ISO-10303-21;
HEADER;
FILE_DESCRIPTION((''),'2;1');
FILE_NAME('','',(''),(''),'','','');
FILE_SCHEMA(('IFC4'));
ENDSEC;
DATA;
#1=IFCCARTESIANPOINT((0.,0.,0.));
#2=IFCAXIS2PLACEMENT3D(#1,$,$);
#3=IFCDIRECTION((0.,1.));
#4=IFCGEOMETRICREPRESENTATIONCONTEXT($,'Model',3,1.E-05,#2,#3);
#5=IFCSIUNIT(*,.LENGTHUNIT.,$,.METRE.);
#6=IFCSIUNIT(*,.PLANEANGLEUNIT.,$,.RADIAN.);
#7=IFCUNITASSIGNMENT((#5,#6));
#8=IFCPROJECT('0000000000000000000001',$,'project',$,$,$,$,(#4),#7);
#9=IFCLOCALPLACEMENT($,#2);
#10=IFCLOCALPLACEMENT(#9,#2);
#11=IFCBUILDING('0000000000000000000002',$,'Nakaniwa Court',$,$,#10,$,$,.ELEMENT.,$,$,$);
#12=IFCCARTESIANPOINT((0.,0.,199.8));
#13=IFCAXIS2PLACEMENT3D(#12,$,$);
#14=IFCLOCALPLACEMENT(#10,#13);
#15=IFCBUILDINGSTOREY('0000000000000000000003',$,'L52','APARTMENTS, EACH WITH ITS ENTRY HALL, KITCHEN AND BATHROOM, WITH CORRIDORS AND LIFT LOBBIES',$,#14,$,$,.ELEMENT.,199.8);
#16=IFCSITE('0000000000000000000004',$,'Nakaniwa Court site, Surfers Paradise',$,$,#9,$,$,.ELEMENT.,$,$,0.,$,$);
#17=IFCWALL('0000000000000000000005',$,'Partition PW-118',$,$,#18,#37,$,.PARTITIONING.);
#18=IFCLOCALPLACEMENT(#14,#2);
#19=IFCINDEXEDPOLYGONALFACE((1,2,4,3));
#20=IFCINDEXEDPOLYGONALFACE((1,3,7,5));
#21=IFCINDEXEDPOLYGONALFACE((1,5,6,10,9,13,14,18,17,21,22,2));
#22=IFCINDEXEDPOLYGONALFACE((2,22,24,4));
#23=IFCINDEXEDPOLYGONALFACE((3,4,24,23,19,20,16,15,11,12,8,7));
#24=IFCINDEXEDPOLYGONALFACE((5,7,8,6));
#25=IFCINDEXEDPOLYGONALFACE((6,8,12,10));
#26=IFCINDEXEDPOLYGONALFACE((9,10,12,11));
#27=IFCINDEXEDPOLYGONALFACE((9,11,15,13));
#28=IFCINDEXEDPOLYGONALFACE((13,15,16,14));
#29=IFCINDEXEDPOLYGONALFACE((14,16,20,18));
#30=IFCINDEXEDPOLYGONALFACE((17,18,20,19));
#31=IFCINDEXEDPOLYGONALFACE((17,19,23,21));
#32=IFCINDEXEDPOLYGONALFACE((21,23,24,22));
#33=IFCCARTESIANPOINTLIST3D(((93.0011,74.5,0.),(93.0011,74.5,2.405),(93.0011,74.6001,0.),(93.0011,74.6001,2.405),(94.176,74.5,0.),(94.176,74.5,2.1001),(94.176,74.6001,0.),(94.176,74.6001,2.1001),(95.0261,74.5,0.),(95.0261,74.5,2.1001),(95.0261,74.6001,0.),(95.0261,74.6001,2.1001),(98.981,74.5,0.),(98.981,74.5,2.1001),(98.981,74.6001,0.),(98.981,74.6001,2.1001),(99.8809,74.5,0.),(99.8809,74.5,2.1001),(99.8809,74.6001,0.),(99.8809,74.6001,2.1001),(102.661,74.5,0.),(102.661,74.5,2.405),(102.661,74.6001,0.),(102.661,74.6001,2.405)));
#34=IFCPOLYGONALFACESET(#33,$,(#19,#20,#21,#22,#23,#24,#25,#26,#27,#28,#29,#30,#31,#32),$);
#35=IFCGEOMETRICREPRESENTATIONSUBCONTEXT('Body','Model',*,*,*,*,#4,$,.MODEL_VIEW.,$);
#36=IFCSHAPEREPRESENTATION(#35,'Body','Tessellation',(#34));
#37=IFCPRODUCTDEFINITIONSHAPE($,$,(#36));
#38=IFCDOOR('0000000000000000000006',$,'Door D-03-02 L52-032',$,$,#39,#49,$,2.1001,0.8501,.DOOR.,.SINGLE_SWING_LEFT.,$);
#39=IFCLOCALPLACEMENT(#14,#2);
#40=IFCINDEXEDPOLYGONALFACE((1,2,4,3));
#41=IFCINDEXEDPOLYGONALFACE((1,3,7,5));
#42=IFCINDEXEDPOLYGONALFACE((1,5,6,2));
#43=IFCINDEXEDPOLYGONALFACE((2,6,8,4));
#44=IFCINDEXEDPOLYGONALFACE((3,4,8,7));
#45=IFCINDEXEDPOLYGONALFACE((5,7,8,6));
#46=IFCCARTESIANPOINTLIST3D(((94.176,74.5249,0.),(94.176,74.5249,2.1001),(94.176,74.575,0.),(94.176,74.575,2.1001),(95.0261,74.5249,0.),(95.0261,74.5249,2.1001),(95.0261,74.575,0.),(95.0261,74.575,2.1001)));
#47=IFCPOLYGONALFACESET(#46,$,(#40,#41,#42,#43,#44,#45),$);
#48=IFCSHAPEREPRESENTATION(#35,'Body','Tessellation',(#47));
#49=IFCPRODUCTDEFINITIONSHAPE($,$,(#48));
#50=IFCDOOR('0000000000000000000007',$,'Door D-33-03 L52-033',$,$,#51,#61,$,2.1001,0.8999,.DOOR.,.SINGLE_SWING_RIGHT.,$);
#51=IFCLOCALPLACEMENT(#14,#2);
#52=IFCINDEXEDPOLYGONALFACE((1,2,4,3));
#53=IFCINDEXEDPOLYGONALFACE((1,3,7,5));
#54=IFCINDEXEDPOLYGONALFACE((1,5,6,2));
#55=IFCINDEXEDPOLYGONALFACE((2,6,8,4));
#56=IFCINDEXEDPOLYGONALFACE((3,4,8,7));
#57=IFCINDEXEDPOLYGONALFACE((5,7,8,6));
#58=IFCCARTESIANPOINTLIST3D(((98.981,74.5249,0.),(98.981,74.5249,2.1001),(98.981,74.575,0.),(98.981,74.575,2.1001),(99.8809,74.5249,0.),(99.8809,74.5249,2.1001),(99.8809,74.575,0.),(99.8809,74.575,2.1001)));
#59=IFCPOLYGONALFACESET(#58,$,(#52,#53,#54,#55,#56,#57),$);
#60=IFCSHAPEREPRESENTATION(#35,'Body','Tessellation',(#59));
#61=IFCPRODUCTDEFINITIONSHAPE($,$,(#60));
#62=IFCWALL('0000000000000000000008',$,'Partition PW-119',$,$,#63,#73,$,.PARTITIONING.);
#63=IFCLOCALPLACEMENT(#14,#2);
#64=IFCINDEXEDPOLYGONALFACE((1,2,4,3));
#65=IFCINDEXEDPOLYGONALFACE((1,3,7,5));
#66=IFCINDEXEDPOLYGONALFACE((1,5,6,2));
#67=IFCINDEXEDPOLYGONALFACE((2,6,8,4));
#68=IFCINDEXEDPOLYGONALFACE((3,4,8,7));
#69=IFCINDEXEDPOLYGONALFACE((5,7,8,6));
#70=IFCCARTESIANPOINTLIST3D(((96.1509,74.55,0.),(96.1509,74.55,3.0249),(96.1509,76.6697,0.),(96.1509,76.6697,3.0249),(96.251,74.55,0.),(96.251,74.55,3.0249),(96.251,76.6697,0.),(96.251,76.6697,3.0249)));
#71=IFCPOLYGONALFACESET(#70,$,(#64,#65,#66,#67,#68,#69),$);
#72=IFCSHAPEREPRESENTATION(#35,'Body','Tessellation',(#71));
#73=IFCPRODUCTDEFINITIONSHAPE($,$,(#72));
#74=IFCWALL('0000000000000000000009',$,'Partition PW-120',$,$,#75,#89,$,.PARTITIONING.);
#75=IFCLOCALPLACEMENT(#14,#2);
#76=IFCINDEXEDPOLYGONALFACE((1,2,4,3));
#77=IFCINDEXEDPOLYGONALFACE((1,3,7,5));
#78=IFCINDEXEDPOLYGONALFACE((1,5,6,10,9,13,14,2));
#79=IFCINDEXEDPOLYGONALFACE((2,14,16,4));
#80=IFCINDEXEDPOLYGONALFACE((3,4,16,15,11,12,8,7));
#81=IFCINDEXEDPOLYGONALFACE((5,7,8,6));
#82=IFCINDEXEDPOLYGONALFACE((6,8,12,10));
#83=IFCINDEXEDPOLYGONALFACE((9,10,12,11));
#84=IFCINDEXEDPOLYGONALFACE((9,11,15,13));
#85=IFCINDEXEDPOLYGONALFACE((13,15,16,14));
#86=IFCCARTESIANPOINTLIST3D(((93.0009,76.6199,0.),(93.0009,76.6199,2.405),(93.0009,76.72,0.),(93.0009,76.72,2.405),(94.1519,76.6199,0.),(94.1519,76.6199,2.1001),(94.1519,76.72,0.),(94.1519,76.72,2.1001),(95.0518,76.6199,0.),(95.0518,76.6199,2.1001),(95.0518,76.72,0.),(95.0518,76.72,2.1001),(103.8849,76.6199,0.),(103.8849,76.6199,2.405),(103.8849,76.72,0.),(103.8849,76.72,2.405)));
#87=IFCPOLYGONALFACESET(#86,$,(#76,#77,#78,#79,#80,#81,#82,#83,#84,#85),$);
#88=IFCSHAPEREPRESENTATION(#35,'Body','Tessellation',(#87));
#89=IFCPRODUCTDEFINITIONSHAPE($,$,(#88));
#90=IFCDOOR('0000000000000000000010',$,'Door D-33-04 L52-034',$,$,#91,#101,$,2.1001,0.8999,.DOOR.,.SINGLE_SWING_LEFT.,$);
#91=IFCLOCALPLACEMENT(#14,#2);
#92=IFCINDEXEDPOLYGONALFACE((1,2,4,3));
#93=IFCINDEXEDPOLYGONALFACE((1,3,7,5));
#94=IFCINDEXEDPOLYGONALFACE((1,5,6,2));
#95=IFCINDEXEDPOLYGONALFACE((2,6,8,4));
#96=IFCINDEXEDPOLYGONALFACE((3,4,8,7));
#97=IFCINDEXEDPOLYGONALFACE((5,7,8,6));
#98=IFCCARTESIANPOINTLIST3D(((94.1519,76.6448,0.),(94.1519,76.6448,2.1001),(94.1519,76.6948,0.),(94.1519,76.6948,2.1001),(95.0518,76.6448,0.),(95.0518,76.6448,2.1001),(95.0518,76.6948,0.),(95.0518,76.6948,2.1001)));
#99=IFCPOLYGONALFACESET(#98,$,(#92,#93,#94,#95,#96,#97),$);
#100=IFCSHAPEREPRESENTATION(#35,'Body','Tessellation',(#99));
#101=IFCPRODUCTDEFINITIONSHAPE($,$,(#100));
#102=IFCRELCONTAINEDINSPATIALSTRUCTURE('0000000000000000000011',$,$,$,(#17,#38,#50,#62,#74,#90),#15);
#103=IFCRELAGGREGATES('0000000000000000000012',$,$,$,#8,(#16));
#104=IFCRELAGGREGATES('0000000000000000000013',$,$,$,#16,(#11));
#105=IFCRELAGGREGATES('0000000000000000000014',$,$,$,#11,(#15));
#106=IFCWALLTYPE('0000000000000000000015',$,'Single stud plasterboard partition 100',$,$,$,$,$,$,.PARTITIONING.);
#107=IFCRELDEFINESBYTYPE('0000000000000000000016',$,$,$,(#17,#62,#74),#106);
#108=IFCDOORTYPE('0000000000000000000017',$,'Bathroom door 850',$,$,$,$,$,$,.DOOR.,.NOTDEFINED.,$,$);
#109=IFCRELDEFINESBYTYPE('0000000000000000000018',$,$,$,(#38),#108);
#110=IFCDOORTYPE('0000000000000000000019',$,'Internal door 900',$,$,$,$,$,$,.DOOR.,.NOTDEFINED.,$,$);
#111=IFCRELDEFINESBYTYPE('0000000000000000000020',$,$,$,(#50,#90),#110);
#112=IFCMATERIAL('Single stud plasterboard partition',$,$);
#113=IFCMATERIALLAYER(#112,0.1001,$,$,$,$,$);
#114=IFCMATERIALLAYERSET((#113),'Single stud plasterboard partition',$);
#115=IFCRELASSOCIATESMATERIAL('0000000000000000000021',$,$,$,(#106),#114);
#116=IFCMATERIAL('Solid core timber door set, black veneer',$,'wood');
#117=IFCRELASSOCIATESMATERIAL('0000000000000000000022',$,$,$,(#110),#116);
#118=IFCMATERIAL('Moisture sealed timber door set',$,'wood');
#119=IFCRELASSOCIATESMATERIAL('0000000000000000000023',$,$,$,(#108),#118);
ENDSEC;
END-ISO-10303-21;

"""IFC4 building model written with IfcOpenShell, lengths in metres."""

from ifc_helpers import new_model, si_unit, direction, frame, frame_2d, origin, place, context, subcontext, project, spatial, rectangle, extrude, material, layer, layer_set, type_object, element, fill, save


model = new_model("IFC4")

# Units and contexts
model_context = context("Model", 3, precision=1e-05, world=origin(), true_north=direction((0.0, 1.0)))
body_context = subcontext(model_context, "Body", "Model", "MODEL_VIEW")
ifc_project = project(units=[si_unit("LENGTHUNIT", "METRE"), si_unit("PLANEANGLEUNIT", "RADIAN")], contexts=[model_context])

# Site, building, storey
site_placement = place(None, origin())
site = spatial("IfcSite", under=ifc_project, at=site_placement, Name="Nakaniwa Court site, Surfers Paradise", CompositionType="ELEMENT", RefElevation=0.0)
building_placement = place(site_placement, origin())
building = spatial("IfcBuilding", under=site, at=building_placement, Name="Nakaniwa Court", CompositionType="ELEMENT")
storey_placement = place(building_placement, frame((0.0, 0.0, 199.8)))
storey = spatial("IfcBuildingStorey", under=building, at=storey_placement, Name="L52", Description="APARTMENTS, EACH WITH ITS ENTRY HALL, KITCHEN AND BATHROOM, WITH CORRIDORS AND LIFT LOBBIES", CompositionType="ELEMENT", Elevation=199.8)

# Shared definitions
ifc_material_1 = material(Name="Solid core timber door set, black veneer", Category="wood")

# Shared definitions
ifc_material_2 = material(Name="Single stud plasterboard partition")
ifc_layer_1 = layer(ifc_material_2, 0.1001)
ifc_layer_set_1 = layer_set([ifc_layer_1], Name="Single stud plasterboard partition")
wall_type_1 = type_object("IfcWallType", Name="Single stud plasterboard partition 100", PredefinedType="PARTITIONING", material=ifc_layer_set_1)
door_type_1 = type_object("IfcDoorType", Name="Internal door 900", OperationType="NOTDEFINED", PredefinedType="DOOR", material=ifc_material_1)

# Wall, openings, doors
wall_1_placement = place(storey_placement, frame((93.001, 74.55, 0.0), z_axis=(0.0, 0.0, 1.0), x_axis=(1.0, 0.0, 0.0)))
wall_1 = element("IfcWall", 1, at=wall_1_placement, inside=storey, type_object=wall_type_1, Name="Partition PW-118", PredefinedType="PARTITIONING", context=body_context, shape_type="SweptSolid", body=[
    extrude(rectangle(XDim=9.6599, YDim=0.1001, at=frame_2d((4.8301, 0.0))), origin(), (0.0, 0.0, 1.0), 2.405),
])
opening_1_placement = place(wall_1_placement, frame((1.175, 0.0, 0.0)))
opening_1 = element("IfcOpeningElement", 2, at=opening_1_placement, cuts=wall_1, PredefinedType="OPENING", context=body_context, shape_type="SweptSolid", body=[
    extrude(rectangle(XDim=0.8501, YDim=2.1001, at=frame_2d((0.425, 1.05))), frame((0.0, 0.0601, 0.0), z_axis=(0.0, -1.0, 0.0), x_axis=(1.0, 0.0, 0.0)), (0.0, 0.0, 1.0), 0.1201),
])
opening_2_placement = place(wall_1_placement, frame((5.98, 0.0, 0.0)))
opening_2 = element("IfcOpeningElement", 3, at=opening_2_placement, cuts=wall_1, PredefinedType="OPENING", context=body_context, shape_type="SweptSolid", body=[
    extrude(rectangle(XDim=0.8999, YDim=2.1001, at=frame_2d((0.45, 1.05))), frame((0.0, 0.0601, 0.0), z_axis=(0.0, -1.0, 0.0), x_axis=(1.0, 0.0, 0.0)), (0.0, 0.0, 1.0), 0.1201),
])
ifc_material_3 = material(Name="Moisture sealed timber door set", Category="wood")
door_type_2 = type_object("IfcDoorType", Name="Bathroom door 850", OperationType="NOTDEFINED", PredefinedType="DOOR", material=ifc_material_3)
door_1_placement = place(opening_1_placement, origin())
door_1 = element("IfcDoor", 4, at=door_1_placement, inside=storey, type_object=door_type_2, Name="Door D-03-02 L52-032", OperationType="SINGLE_SWING_LEFT", OverallHeight=2.1001, OverallWidth=0.8501, PredefinedType="DOOR", context=body_context, shape_type="SweptSolid", body=[
    extrude(rectangle(XDim=0.8501, YDim=2.1001, at=frame_2d((0.425, 1.05))), frame((0.0, 0.0249, 0.0), z_axis=(0.0, -1.0, 0.0), x_axis=(1.0, 0.0, 0.0)), (0.0, 0.0, 1.0), 0.05),
])
fill(opening_1, door_1)
door_2_placement = place(opening_2_placement, origin())
door_2 = element("IfcDoor", 5, at=door_2_placement, inside=storey, type_object=door_type_1, Name="Door D-33-03 L52-033", OperationType="SINGLE_SWING_RIGHT", OverallHeight=2.1001, OverallWidth=0.8999, PredefinedType="DOOR", context=body_context, shape_type="SweptSolid", body=[
    extrude(rectangle(XDim=0.8999, YDim=2.1001, at=frame_2d((0.45, 1.05))), frame((0.0, 0.0249, 0.0), z_axis=(0.0, -1.0, 0.0), x_axis=(1.0, 0.0, 0.0)), (0.0, 0.0, 1.0), 0.05),
])
fill(opening_2, door_2)

# Wall
wall_2_placement = place(storey_placement, frame((96.2009, 74.55, 0.0), z_axis=(0.0, 0.0, 1.0), x_axis=(0.0, 1.0, 0.0)))
element("IfcWall", 6, at=wall_2_placement, inside=storey, type_object=wall_type_1, Name="Partition PW-119", PredefinedType="PARTITIONING", context=body_context, shape_type="SweptSolid", body=[
    extrude(rectangle(XDim=2.1196, YDim=0.1001, at=frame_2d((1.0598, 0.0))), origin(), (0.0, 0.0, 1.0), 3.0249),
])

# Wall, opening, door
wall_3_placement = place(storey_placement, frame((93.001, 76.6699, 0.0), z_axis=(0.0, 0.0, 1.0), x_axis=(1.0, 0.0, 0.0)))
wall_3 = element("IfcWall", 7, at=wall_3_placement, inside=storey, type_object=wall_type_1, Name="Partition PW-120", PredefinedType="PARTITIONING", context=body_context, shape_type="SweptSolid", body=[
    extrude(rectangle(XDim=10.884, YDim=0.1001, at=frame_2d((5.4419, 0.0))), origin(), (0.0, 0.0, 1.0), 2.405),
])
opening_3_placement = place(wall_3_placement, frame((1.1509, 0.0, 0.0)))
opening_3 = element("IfcOpeningElement", 8, at=opening_3_placement, cuts=wall_3, PredefinedType="OPENING", context=body_context, shape_type="SweptSolid", body=[
    extrude(rectangle(XDim=0.8999, YDim=2.1001, at=frame_2d((0.45, 1.05))), frame((0.0, 0.0601, 0.0), z_axis=(0.0, -1.0, 0.0), x_axis=(1.0, 0.0, 0.0)), (0.0, 0.0, 1.0), 0.1201),
])
door_3_placement = place(opening_3_placement, origin())
door_3 = element("IfcDoor", 9, at=door_3_placement, inside=storey, type_object=door_type_1, Name="Door D-33-04 L52-034", OperationType="SINGLE_SWING_LEFT", OverallHeight=2.1001, OverallWidth=0.8999, PredefinedType="DOOR", context=body_context, shape_type="SweptSolid", body=[
    extrude(rectangle(XDim=0.8999, YDim=2.1001, at=frame_2d((0.45, 1.05))), frame((0.0, 0.0249, 0.0), z_axis=(0.0, -1.0, 0.0), x_axis=(1.0, 0.0, 0.0)), (0.0, 0.0, 1.0), 0.05),
])
fill(opening_3, door_3)

save(model, "model.ifc")
